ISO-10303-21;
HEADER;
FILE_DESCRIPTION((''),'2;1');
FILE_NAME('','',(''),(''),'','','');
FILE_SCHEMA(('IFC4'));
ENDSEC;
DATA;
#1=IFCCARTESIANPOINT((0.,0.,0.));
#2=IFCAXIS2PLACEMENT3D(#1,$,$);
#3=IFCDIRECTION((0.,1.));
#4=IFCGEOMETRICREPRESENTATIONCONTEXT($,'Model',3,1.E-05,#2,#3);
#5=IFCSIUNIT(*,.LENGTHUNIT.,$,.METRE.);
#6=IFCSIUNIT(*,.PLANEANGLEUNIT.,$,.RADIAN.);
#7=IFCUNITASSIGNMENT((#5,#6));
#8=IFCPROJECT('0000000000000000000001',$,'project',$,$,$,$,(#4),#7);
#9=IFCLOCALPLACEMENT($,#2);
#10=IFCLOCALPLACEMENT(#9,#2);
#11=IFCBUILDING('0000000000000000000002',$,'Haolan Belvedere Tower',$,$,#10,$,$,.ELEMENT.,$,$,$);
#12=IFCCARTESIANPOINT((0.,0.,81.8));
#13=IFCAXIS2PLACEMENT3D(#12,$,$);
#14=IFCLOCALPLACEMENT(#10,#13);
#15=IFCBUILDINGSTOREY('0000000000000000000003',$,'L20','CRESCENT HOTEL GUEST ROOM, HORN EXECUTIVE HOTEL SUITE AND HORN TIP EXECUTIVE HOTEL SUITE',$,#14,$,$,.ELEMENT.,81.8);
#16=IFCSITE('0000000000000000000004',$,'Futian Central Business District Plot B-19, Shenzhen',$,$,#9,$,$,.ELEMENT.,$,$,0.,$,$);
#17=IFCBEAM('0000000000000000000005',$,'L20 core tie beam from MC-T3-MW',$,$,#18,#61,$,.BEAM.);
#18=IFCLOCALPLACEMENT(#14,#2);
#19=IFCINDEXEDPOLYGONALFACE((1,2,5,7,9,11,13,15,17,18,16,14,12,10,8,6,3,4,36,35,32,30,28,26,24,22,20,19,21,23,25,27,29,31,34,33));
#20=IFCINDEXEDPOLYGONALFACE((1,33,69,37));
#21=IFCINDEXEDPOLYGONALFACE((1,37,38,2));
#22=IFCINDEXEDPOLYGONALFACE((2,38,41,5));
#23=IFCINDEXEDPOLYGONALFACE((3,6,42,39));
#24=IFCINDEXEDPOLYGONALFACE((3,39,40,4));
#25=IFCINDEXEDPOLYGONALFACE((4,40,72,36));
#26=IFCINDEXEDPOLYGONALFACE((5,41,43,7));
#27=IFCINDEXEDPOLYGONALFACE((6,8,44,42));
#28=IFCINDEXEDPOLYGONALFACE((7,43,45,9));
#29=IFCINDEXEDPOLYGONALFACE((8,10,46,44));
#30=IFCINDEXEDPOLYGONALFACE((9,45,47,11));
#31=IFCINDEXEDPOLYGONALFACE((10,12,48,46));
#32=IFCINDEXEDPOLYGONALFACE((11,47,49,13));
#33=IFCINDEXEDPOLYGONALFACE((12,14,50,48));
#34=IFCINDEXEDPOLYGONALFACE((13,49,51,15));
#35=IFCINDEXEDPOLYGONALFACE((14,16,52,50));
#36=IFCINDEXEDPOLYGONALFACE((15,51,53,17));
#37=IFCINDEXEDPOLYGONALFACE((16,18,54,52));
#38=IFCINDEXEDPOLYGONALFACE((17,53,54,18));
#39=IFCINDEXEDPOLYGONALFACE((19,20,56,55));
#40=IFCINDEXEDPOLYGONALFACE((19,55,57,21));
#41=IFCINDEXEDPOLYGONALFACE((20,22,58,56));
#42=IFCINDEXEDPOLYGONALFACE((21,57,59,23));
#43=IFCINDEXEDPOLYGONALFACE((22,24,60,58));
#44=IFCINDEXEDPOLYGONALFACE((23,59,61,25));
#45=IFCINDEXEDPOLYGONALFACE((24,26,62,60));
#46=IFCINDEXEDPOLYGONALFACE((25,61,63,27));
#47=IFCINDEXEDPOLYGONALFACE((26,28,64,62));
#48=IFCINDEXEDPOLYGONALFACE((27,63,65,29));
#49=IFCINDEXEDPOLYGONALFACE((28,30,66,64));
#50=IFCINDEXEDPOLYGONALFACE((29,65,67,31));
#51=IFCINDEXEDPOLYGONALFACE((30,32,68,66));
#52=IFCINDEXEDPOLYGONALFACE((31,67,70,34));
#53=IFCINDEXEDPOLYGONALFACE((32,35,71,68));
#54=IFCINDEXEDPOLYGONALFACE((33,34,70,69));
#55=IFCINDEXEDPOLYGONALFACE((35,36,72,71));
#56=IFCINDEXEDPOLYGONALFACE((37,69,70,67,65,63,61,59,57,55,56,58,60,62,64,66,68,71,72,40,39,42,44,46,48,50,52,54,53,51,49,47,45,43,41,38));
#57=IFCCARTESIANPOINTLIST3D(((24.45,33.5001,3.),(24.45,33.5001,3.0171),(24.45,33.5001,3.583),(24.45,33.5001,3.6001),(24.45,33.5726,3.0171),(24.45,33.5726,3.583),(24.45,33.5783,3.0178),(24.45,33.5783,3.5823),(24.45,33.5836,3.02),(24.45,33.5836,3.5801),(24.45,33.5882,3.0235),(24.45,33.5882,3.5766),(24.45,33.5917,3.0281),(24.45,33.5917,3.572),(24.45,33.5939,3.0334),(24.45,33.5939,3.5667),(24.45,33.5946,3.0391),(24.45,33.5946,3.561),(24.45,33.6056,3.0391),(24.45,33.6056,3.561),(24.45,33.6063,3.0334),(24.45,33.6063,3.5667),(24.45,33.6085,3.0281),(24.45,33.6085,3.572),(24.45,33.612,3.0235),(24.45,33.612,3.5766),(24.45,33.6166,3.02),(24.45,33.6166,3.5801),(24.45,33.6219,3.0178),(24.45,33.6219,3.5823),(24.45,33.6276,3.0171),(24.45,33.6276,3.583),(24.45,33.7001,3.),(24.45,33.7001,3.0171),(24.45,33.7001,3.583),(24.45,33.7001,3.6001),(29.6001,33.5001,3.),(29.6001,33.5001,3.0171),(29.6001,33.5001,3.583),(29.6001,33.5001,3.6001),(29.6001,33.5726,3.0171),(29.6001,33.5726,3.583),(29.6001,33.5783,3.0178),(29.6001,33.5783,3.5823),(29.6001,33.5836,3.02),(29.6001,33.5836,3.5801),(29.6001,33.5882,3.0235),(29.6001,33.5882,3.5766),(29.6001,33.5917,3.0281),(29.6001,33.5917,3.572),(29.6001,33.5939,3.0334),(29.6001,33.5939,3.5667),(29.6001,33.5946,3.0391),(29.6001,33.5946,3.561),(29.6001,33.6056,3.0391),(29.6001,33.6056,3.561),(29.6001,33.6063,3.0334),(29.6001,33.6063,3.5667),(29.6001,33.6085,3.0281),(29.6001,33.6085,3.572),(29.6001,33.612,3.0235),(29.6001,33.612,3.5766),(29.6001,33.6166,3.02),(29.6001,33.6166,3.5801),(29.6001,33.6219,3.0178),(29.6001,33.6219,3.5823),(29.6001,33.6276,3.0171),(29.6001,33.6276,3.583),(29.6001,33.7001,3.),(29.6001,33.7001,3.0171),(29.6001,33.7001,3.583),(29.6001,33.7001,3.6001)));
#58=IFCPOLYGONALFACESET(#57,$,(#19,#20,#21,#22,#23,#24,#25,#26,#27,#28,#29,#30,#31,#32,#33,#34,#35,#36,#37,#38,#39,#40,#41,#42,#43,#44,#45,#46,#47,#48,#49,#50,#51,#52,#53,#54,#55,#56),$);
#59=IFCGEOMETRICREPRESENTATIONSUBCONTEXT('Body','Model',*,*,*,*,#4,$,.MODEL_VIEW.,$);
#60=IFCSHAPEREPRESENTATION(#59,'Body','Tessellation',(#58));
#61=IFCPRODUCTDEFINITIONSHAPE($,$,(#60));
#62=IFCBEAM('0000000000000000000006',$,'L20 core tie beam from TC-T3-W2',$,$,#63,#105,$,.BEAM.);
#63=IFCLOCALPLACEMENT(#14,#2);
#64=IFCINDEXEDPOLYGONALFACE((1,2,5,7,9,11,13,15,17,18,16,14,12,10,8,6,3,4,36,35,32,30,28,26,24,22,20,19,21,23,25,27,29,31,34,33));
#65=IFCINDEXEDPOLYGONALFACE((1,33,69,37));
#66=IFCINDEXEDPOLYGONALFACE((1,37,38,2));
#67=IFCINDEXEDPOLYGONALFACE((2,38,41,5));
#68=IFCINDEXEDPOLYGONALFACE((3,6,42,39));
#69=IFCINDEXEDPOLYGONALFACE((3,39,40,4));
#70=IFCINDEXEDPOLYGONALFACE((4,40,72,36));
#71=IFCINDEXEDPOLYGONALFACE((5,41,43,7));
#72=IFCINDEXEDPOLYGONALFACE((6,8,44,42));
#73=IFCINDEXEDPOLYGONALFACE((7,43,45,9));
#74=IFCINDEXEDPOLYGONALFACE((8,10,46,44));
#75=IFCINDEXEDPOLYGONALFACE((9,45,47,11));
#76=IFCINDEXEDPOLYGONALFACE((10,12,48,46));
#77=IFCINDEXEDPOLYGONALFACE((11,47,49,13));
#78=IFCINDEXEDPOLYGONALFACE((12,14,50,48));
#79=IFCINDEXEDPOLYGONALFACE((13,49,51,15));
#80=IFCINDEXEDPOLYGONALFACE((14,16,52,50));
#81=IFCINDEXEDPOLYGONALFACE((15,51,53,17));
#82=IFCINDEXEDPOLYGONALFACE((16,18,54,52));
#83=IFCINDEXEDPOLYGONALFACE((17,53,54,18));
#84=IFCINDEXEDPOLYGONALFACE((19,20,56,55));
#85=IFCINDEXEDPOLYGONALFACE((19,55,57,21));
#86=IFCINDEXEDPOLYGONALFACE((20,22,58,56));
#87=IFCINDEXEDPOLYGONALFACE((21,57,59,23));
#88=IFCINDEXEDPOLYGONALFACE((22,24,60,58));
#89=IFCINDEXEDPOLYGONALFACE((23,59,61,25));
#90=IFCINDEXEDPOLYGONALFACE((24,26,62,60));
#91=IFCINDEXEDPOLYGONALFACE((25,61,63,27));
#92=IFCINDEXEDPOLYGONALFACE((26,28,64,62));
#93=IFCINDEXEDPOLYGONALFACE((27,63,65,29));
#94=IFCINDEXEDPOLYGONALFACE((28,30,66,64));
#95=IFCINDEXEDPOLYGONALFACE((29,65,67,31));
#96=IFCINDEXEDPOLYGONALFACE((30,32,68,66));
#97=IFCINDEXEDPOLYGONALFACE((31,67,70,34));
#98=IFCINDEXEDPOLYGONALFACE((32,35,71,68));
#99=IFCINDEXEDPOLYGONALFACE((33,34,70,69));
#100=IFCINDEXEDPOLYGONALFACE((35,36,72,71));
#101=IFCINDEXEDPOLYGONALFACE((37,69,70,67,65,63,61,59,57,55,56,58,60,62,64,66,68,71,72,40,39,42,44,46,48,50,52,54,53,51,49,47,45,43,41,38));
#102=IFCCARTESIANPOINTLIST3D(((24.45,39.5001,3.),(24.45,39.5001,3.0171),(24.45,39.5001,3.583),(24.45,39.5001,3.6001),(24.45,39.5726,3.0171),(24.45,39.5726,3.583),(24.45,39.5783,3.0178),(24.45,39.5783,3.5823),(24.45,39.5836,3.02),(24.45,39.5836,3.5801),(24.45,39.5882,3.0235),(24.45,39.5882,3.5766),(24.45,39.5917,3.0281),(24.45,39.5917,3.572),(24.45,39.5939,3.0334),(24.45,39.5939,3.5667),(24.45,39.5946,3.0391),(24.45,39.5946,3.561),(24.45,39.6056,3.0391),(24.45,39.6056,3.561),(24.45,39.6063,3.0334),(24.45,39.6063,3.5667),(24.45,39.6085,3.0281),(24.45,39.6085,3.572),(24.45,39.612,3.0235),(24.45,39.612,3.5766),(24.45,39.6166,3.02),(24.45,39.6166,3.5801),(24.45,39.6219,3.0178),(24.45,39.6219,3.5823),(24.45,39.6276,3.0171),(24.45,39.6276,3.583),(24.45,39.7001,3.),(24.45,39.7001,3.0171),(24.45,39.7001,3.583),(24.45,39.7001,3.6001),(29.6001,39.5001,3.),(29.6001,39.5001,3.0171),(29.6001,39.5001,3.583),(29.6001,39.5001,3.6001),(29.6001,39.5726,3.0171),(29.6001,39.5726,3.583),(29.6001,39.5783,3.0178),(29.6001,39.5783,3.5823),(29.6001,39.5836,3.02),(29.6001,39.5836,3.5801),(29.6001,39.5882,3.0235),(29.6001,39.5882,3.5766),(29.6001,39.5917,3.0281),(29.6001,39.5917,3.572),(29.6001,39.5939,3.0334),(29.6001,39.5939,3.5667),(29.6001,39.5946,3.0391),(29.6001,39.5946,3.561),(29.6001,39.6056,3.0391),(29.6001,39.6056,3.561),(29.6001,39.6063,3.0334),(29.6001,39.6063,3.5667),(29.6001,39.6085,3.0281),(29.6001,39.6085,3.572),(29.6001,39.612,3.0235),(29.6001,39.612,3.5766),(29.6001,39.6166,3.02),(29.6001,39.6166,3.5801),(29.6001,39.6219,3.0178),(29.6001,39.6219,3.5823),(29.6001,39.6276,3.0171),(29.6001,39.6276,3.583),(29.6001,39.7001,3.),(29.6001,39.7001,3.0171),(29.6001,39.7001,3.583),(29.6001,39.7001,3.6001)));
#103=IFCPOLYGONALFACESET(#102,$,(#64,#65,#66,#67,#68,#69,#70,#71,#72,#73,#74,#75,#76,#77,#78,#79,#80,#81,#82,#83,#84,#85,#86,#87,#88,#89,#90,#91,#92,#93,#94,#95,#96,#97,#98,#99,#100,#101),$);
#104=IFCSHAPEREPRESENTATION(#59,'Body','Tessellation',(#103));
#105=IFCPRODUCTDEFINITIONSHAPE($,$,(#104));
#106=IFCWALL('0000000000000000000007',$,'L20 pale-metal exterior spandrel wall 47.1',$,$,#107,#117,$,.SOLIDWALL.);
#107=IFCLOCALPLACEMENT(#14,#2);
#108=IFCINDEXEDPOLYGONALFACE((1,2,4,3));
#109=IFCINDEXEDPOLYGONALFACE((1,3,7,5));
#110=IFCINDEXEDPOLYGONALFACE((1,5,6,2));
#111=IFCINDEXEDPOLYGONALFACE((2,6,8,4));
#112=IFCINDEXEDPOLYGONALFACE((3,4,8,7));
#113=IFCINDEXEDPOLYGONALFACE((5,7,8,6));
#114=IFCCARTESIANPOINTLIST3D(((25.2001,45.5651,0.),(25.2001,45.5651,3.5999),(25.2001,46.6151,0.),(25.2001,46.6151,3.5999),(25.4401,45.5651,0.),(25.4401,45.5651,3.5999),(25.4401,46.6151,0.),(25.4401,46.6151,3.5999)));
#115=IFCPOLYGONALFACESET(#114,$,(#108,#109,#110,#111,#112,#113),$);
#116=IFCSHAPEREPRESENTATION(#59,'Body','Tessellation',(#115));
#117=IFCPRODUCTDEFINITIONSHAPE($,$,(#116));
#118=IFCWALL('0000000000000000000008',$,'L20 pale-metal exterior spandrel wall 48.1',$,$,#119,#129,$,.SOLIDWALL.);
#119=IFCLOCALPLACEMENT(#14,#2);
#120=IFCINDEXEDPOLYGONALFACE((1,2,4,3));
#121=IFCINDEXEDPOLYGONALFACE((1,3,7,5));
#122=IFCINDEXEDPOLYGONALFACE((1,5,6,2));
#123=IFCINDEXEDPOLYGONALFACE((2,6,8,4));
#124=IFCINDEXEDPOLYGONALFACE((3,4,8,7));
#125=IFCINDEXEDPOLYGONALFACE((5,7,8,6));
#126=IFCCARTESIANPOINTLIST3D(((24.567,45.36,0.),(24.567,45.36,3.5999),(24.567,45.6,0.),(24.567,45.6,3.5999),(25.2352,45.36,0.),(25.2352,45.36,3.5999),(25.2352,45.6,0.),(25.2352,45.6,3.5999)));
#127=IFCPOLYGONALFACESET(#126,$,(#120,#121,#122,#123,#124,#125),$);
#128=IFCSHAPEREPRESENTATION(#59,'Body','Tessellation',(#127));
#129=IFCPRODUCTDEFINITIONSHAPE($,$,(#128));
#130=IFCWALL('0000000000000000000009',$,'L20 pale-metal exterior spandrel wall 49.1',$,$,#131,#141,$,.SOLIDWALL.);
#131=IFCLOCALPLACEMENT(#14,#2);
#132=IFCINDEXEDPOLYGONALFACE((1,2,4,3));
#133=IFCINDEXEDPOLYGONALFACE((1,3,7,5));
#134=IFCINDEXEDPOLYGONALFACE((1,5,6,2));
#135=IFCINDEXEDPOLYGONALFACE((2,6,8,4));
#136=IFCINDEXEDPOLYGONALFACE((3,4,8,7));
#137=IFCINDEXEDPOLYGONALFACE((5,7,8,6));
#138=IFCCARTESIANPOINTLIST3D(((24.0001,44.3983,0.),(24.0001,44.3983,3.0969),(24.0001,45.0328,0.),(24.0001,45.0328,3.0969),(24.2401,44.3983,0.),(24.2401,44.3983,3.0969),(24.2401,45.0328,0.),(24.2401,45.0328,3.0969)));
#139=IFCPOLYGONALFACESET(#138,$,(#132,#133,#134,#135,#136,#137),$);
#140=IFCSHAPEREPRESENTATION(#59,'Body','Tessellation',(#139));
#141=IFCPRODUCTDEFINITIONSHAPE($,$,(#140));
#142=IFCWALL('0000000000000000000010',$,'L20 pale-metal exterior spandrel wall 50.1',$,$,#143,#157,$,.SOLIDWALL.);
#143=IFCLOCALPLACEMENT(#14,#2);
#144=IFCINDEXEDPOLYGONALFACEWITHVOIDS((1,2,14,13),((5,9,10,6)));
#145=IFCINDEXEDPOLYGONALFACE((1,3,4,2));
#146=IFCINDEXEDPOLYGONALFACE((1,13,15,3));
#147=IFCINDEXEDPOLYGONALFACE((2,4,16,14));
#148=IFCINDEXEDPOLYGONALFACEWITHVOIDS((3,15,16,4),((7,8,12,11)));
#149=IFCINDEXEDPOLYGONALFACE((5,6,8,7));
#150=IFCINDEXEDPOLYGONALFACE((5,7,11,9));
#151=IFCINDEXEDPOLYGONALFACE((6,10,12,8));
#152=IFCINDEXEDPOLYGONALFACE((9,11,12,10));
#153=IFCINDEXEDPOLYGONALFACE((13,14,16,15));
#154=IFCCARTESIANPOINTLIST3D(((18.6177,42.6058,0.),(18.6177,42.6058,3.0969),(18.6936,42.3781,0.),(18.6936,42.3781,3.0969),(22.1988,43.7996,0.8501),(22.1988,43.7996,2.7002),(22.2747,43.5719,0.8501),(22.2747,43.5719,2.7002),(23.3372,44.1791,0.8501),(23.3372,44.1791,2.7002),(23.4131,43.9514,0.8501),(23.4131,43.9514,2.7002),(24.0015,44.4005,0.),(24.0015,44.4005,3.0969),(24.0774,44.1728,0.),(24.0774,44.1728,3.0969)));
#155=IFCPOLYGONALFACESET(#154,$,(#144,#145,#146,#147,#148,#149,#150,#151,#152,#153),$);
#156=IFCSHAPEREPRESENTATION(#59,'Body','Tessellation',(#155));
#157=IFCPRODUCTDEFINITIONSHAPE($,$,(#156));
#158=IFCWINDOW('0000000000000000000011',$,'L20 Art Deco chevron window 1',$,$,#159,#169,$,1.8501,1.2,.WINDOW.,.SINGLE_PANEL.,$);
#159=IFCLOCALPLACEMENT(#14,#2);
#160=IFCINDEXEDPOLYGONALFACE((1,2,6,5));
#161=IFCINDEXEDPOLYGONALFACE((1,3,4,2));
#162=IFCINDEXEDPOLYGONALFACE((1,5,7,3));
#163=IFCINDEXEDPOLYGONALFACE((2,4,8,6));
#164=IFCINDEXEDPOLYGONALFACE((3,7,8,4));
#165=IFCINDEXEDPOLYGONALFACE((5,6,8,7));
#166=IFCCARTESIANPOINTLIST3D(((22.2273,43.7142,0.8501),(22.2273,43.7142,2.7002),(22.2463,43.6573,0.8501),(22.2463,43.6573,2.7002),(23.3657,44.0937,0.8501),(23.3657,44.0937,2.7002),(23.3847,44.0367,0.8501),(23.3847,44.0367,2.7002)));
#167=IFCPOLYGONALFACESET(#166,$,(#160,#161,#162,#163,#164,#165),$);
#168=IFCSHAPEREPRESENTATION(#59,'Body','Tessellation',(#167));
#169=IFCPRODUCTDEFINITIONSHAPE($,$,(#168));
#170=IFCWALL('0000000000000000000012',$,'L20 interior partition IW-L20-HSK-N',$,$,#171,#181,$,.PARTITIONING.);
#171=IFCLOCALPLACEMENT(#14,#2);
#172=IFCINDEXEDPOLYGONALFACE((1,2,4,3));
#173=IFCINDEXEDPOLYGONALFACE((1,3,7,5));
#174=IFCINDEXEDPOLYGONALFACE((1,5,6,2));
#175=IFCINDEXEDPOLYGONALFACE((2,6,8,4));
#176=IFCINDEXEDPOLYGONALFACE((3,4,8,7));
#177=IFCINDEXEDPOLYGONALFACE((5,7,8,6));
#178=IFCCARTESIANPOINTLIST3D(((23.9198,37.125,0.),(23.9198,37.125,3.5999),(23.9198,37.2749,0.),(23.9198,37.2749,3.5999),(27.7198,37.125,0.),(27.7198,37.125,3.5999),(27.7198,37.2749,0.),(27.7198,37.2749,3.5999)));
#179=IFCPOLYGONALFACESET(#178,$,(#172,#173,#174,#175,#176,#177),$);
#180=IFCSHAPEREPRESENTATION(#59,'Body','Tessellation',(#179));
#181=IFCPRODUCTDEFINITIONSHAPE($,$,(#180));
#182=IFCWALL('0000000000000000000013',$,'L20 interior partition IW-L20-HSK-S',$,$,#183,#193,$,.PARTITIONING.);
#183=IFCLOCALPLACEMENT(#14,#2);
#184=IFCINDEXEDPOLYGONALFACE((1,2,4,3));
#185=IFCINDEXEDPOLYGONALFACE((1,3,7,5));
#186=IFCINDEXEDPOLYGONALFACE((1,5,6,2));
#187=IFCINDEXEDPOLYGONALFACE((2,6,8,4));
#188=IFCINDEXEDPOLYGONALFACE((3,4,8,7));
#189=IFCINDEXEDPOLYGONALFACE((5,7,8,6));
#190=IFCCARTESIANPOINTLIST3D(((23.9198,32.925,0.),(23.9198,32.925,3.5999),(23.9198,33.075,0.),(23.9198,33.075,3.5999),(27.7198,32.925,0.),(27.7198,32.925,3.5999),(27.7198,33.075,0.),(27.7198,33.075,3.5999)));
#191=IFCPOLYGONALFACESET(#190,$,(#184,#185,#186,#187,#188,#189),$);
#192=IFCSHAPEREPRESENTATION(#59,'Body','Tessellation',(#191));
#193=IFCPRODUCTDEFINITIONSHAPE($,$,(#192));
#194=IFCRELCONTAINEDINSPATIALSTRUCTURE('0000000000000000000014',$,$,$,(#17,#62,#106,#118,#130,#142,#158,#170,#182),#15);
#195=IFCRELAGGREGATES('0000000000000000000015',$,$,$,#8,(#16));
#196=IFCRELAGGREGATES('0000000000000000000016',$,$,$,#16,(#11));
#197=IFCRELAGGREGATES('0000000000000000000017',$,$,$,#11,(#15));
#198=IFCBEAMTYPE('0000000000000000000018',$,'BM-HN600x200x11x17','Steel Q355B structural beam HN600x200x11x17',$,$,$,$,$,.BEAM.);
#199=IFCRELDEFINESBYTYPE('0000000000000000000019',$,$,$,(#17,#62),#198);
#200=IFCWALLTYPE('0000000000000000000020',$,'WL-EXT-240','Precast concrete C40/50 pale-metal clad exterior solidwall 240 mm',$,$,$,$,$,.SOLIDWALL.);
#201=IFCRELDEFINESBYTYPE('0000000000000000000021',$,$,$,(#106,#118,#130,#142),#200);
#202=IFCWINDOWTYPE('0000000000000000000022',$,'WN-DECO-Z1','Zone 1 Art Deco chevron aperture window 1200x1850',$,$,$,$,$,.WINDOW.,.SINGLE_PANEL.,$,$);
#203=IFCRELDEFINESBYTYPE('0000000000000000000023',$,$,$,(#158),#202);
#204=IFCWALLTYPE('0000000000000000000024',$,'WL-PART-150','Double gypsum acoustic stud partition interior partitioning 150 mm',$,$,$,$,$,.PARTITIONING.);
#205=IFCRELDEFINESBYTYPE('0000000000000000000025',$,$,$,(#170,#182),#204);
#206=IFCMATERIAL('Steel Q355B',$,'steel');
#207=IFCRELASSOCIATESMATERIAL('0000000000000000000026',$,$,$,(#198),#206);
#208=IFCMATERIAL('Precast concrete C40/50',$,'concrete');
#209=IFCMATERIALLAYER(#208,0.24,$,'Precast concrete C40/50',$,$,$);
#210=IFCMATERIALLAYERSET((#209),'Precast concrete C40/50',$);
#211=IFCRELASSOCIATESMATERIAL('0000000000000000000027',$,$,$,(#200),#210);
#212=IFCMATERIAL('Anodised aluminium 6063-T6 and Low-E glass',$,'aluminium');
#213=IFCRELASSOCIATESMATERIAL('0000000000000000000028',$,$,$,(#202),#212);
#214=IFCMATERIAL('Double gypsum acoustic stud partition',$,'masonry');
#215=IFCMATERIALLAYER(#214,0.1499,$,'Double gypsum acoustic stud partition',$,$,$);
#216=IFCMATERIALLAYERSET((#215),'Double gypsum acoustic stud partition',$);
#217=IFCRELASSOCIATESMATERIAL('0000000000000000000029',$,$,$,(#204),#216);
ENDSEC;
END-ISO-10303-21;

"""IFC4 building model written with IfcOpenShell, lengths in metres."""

from ifc_helpers import new_model, si_unit, direction, frame, frame_2d, origin, origin_2d, place, context, subcontext, project, spatial, rectangle, i_section, extrude, material, layer, layer_set, material_profile, profile_set, type_object, element, fill, save


model = new_model("IFC4")

# Units and contexts
model_context = context("Model", 3, precision=1e-05, world=origin(), true_north=direction((0.0, 1.0)))
body_context = subcontext(model_context, "Body", "Model", "MODEL_VIEW")
ifc_project = project(units=[si_unit("LENGTHUNIT", "METRE"), si_unit("PLANEANGLEUNIT", "RADIAN")], contexts=[model_context])

# Site, building, storey
site_placement = place(None, origin())
site = spatial("IfcSite", under=ifc_project, at=site_placement, Name="Futian Central Business District Plot B-19, Shenzhen", CompositionType="ELEMENT", RefElevation=0.0)
building_placement = place(site_placement, origin())
building = spatial("IfcBuilding", under=site, at=building_placement, Name="Haolan Belvedere Tower", CompositionType="ELEMENT")
storey_placement = place(building_placement, frame((0.0, 0.0, 81.8)))
storey = spatial("IfcBuildingStorey", under=building, at=storey_placement, Name="L20", Description="CRESCENT HOTEL GUEST ROOM, HORN EXECUTIVE HOTEL SUITE AND HORN TIP EXECUTIVE HOTEL SUITE", CompositionType="ELEMENT", Elevation=81.8)

# Shared definitions
ifc_material_1 = material(Name="Steel Q355B", Category="steel")

# Beams
ifc_material_profile_1 = material_profile(ifc_material_1, i_section(OverallWidth=0.2, OverallDepth=0.6001, WebThickness=0.011, FlangeThickness=0.0171, FilletRadius=0.022, at=origin_2d()), Name="Steel Q355B")
ifc_profile_set_1 = profile_set([ifc_material_profile_1], Name="Steel Q355B")
beam_type_1 = type_object("IfcBeamType", Name="BM-HN600x200x11x17", Description="Steel Q355B structural beam HN600x200x11x17", PredefinedType="BEAM", material=ifc_profile_set_1)
for number, where, z_axis, x_axis, name in (
    (1, (24.45, 33.6001, 3.3), (1.0, 0.0, 0.0), (0.0, 1.0, 0.0), "L20 core tie beam from MC-T3-MW"),
    (2, (24.45, 39.6001, 3.3), (1.0, 0.0, 0.0), (0.0, 1.0, 0.0), "L20 core tie beam from TC-T3-W2"),
):
    element("IfcBeam", number, at=place(storey_placement, frame(where, z_axis=z_axis, x_axis=x_axis)), inside=storey, type_object=beam_type_1, Name=name, PredefinedType="BEAM", context=body_context, shape_type="SweptSolid", body=[
        extrude(i_section(OverallWidth=0.2, OverallDepth=0.6001, WebThickness=0.011, FlangeThickness=0.0171, FilletRadius=0.022, at=origin_2d()), origin(), (0.0, 0.0, 1.0), 5.1501),
    ])

# Walls
ifc_material_2 = material(Name="Precast concrete C40/50", Category="concrete")
ifc_layer_1 = layer(ifc_material_2, 0.24, Name="Precast concrete C40/50")
ifc_layer_set_1 = layer_set([ifc_layer_1], Name="Precast concrete C40/50")
wall_type_1 = type_object("IfcWallType", Name="WL-EXT-240", Description="Precast concrete C40/50 pale-metal clad exterior solidwall 240 mm", PredefinedType="SOLIDWALL", material=ifc_layer_set_1)
wall_1_placement = place(storey_placement, frame((25.3201, 46.615, 0.0), z_axis=(0.0, 0.0, 1.0), x_axis=(0.0, -1.0, 0.0)))
element("IfcWall", 3, at=wall_1_placement, inside=storey, type_object=wall_type_1, Name="L20 pale-metal exterior spandrel wall 47.1", PredefinedType="SOLIDWALL", context=body_context, shape_type="SweptSolid", body=[
    extrude(rectangle(XDim=1.05, YDim=0.24, at=frame_2d((0.5249, 0.0))), origin(), (0.0, 0.0, 1.0), 3.5999),
])
wall_2_placement = place(storey_placement, frame((25.2351, 45.48, 0.0), z_axis=(0.0, 0.0, 1.0), x_axis=(-1.0, 0.0, 0.0)))
element("IfcWall", 4, at=wall_2_placement, inside=storey, type_object=wall_type_1, Name="L20 pale-metal exterior spandrel wall 48.1", PredefinedType="SOLIDWALL", context=body_context, shape_type="SweptSolid", body=[
    extrude(rectangle(XDim=0.6682, YDim=0.24, at=frame_2d((0.334, 0.0))), origin(), (0.0, 0.0, 1.0), 3.5999),
])
wall_3_placement = place(storey_placement, frame((24.1201, 45.033, 0.0), z_axis=(0.0, 0.0, 1.0), x_axis=(0.0, -1.0, 0.0)))
element("IfcWall", 5, at=wall_3_placement, inside=storey, type_object=wall_type_1, Name="L20 pale-metal exterior spandrel wall 49.1", PredefinedType="SOLIDWALL", context=body_context, shape_type="SweptSolid", body=[
    extrude(rectangle(XDim=0.6345, YDim=0.24, at=frame_2d((0.3174, 0.0))), origin(), (0.0, 0.0, 1.0), 3.0969),
])

# Wall, opening, window
wall_4_placement = place(storey_placement, frame((24.0393, 44.2866, 0.0), z_axis=(0.0, 0.0, 1.0), x_axis=(-0.948679, -0.316241, 0.0)))
wall_4 = element("IfcWall", 6, at=wall_4_placement, inside=storey, type_object=wall_type_1, Name="L20 pale-metal exterior spandrel wall 50.1", PredefinedType="SOLIDWALL", context=body_context, shape_type="SweptSolid", body=[
    extrude(rectangle(XDim=5.675, YDim=0.24, at=frame_2d((2.8374, 0.0))), origin(), (0.0, 0.0, 1.0), 3.0969),
])
opening_1_placement = place(wall_4_placement, frame((0.7, 0.0, 0.8501)))
opening_1 = element("IfcOpeningElement", 7, at=opening_1_placement, cuts=wall_4, PredefinedType="OPENING", context=body_context, shape_type="SweptSolid", body=[
    extrude(rectangle(XDim=1.2, YDim=1.8501, at=frame_2d((0.6001, 0.925))), frame((0.0, 0.1299, 0.0), z_axis=(0.0, -1.0, 0.0), x_axis=(1.0, 0.0, 0.0)), (0.0, 0.0, 1.0), 0.26),
])
ifc_material_3 = material(Name="Anodised aluminium 6063-T6 and Low-E glass", Category="aluminium")
window_type = type_object("IfcWindowType", Name="WN-DECO-Z1", Description="Zone 1 Art Deco chevron aperture window 1200x1850", PartitioningType="SINGLE_PANEL", PredefinedType="WINDOW", material=ifc_material_3)
window_placement = place(opening_1_placement, origin())
window = element("IfcWindow", 8, at=window_placement, inside=storey, type_object=window_type, Name="L20 Art Deco chevron window 1", OverallHeight=1.8501, OverallWidth=1.2, PartitioningType="SINGLE_PANEL", PredefinedType="WINDOW", context=body_context, shape_type="SweptSolid", body=[
    extrude(rectangle(XDim=1.2, YDim=1.8501, at=frame_2d((0.6001, 0.925))), frame((0.0, 0.03, 0.0), z_axis=(0.0, -1.0, 0.0), x_axis=(1.0, 0.0, 0.0)), (0.0, 0.0, 1.0), 0.0601),
])
fill(opening_1, window)

# Walls
ifc_material_4 = material(Name="Double gypsum acoustic stud partition", Category="masonry")
ifc_layer_2 = layer(ifc_material_4, 0.1499, Name="Double gypsum acoustic stud partition")
ifc_layer_set_2 = layer_set([ifc_layer_2], Name="Double gypsum acoustic stud partition")
wall_type_2 = type_object("IfcWallType", Name="WL-PART-150", Description="Double gypsum acoustic stud partition interior partitioning 150 mm", PredefinedType="PARTITIONING", material=ifc_layer_set_2)
for number, where, z_axis, x_axis, name in (
    (9, (23.9199, 37.2, 0.0), (0.0, 0.0, 1.0), (1.0, 0.0, 0.0), "L20 interior partition IW-L20-HSK-N"),
    (10, (23.9199, 33.0, 0.0), (0.0, 0.0, 1.0), (1.0, 0.0, 0.0), "L20 interior partition IW-L20-HSK-S"),
):
    element("IfcWall", number, at=place(storey_placement, frame(where, z_axis=z_axis, x_axis=x_axis)), inside=storey, type_object=wall_type_2, Name=name, PredefinedType="PARTITIONING", context=body_context, shape_type="SweptSolid", body=[
        extrude(rectangle(XDim=3.8, YDim=0.1499, at=frame_2d((1.8999, 0.0))), origin(), (0.0, 0.0, 1.0), 3.5999),
    ])

save(model, "model.ifc")
